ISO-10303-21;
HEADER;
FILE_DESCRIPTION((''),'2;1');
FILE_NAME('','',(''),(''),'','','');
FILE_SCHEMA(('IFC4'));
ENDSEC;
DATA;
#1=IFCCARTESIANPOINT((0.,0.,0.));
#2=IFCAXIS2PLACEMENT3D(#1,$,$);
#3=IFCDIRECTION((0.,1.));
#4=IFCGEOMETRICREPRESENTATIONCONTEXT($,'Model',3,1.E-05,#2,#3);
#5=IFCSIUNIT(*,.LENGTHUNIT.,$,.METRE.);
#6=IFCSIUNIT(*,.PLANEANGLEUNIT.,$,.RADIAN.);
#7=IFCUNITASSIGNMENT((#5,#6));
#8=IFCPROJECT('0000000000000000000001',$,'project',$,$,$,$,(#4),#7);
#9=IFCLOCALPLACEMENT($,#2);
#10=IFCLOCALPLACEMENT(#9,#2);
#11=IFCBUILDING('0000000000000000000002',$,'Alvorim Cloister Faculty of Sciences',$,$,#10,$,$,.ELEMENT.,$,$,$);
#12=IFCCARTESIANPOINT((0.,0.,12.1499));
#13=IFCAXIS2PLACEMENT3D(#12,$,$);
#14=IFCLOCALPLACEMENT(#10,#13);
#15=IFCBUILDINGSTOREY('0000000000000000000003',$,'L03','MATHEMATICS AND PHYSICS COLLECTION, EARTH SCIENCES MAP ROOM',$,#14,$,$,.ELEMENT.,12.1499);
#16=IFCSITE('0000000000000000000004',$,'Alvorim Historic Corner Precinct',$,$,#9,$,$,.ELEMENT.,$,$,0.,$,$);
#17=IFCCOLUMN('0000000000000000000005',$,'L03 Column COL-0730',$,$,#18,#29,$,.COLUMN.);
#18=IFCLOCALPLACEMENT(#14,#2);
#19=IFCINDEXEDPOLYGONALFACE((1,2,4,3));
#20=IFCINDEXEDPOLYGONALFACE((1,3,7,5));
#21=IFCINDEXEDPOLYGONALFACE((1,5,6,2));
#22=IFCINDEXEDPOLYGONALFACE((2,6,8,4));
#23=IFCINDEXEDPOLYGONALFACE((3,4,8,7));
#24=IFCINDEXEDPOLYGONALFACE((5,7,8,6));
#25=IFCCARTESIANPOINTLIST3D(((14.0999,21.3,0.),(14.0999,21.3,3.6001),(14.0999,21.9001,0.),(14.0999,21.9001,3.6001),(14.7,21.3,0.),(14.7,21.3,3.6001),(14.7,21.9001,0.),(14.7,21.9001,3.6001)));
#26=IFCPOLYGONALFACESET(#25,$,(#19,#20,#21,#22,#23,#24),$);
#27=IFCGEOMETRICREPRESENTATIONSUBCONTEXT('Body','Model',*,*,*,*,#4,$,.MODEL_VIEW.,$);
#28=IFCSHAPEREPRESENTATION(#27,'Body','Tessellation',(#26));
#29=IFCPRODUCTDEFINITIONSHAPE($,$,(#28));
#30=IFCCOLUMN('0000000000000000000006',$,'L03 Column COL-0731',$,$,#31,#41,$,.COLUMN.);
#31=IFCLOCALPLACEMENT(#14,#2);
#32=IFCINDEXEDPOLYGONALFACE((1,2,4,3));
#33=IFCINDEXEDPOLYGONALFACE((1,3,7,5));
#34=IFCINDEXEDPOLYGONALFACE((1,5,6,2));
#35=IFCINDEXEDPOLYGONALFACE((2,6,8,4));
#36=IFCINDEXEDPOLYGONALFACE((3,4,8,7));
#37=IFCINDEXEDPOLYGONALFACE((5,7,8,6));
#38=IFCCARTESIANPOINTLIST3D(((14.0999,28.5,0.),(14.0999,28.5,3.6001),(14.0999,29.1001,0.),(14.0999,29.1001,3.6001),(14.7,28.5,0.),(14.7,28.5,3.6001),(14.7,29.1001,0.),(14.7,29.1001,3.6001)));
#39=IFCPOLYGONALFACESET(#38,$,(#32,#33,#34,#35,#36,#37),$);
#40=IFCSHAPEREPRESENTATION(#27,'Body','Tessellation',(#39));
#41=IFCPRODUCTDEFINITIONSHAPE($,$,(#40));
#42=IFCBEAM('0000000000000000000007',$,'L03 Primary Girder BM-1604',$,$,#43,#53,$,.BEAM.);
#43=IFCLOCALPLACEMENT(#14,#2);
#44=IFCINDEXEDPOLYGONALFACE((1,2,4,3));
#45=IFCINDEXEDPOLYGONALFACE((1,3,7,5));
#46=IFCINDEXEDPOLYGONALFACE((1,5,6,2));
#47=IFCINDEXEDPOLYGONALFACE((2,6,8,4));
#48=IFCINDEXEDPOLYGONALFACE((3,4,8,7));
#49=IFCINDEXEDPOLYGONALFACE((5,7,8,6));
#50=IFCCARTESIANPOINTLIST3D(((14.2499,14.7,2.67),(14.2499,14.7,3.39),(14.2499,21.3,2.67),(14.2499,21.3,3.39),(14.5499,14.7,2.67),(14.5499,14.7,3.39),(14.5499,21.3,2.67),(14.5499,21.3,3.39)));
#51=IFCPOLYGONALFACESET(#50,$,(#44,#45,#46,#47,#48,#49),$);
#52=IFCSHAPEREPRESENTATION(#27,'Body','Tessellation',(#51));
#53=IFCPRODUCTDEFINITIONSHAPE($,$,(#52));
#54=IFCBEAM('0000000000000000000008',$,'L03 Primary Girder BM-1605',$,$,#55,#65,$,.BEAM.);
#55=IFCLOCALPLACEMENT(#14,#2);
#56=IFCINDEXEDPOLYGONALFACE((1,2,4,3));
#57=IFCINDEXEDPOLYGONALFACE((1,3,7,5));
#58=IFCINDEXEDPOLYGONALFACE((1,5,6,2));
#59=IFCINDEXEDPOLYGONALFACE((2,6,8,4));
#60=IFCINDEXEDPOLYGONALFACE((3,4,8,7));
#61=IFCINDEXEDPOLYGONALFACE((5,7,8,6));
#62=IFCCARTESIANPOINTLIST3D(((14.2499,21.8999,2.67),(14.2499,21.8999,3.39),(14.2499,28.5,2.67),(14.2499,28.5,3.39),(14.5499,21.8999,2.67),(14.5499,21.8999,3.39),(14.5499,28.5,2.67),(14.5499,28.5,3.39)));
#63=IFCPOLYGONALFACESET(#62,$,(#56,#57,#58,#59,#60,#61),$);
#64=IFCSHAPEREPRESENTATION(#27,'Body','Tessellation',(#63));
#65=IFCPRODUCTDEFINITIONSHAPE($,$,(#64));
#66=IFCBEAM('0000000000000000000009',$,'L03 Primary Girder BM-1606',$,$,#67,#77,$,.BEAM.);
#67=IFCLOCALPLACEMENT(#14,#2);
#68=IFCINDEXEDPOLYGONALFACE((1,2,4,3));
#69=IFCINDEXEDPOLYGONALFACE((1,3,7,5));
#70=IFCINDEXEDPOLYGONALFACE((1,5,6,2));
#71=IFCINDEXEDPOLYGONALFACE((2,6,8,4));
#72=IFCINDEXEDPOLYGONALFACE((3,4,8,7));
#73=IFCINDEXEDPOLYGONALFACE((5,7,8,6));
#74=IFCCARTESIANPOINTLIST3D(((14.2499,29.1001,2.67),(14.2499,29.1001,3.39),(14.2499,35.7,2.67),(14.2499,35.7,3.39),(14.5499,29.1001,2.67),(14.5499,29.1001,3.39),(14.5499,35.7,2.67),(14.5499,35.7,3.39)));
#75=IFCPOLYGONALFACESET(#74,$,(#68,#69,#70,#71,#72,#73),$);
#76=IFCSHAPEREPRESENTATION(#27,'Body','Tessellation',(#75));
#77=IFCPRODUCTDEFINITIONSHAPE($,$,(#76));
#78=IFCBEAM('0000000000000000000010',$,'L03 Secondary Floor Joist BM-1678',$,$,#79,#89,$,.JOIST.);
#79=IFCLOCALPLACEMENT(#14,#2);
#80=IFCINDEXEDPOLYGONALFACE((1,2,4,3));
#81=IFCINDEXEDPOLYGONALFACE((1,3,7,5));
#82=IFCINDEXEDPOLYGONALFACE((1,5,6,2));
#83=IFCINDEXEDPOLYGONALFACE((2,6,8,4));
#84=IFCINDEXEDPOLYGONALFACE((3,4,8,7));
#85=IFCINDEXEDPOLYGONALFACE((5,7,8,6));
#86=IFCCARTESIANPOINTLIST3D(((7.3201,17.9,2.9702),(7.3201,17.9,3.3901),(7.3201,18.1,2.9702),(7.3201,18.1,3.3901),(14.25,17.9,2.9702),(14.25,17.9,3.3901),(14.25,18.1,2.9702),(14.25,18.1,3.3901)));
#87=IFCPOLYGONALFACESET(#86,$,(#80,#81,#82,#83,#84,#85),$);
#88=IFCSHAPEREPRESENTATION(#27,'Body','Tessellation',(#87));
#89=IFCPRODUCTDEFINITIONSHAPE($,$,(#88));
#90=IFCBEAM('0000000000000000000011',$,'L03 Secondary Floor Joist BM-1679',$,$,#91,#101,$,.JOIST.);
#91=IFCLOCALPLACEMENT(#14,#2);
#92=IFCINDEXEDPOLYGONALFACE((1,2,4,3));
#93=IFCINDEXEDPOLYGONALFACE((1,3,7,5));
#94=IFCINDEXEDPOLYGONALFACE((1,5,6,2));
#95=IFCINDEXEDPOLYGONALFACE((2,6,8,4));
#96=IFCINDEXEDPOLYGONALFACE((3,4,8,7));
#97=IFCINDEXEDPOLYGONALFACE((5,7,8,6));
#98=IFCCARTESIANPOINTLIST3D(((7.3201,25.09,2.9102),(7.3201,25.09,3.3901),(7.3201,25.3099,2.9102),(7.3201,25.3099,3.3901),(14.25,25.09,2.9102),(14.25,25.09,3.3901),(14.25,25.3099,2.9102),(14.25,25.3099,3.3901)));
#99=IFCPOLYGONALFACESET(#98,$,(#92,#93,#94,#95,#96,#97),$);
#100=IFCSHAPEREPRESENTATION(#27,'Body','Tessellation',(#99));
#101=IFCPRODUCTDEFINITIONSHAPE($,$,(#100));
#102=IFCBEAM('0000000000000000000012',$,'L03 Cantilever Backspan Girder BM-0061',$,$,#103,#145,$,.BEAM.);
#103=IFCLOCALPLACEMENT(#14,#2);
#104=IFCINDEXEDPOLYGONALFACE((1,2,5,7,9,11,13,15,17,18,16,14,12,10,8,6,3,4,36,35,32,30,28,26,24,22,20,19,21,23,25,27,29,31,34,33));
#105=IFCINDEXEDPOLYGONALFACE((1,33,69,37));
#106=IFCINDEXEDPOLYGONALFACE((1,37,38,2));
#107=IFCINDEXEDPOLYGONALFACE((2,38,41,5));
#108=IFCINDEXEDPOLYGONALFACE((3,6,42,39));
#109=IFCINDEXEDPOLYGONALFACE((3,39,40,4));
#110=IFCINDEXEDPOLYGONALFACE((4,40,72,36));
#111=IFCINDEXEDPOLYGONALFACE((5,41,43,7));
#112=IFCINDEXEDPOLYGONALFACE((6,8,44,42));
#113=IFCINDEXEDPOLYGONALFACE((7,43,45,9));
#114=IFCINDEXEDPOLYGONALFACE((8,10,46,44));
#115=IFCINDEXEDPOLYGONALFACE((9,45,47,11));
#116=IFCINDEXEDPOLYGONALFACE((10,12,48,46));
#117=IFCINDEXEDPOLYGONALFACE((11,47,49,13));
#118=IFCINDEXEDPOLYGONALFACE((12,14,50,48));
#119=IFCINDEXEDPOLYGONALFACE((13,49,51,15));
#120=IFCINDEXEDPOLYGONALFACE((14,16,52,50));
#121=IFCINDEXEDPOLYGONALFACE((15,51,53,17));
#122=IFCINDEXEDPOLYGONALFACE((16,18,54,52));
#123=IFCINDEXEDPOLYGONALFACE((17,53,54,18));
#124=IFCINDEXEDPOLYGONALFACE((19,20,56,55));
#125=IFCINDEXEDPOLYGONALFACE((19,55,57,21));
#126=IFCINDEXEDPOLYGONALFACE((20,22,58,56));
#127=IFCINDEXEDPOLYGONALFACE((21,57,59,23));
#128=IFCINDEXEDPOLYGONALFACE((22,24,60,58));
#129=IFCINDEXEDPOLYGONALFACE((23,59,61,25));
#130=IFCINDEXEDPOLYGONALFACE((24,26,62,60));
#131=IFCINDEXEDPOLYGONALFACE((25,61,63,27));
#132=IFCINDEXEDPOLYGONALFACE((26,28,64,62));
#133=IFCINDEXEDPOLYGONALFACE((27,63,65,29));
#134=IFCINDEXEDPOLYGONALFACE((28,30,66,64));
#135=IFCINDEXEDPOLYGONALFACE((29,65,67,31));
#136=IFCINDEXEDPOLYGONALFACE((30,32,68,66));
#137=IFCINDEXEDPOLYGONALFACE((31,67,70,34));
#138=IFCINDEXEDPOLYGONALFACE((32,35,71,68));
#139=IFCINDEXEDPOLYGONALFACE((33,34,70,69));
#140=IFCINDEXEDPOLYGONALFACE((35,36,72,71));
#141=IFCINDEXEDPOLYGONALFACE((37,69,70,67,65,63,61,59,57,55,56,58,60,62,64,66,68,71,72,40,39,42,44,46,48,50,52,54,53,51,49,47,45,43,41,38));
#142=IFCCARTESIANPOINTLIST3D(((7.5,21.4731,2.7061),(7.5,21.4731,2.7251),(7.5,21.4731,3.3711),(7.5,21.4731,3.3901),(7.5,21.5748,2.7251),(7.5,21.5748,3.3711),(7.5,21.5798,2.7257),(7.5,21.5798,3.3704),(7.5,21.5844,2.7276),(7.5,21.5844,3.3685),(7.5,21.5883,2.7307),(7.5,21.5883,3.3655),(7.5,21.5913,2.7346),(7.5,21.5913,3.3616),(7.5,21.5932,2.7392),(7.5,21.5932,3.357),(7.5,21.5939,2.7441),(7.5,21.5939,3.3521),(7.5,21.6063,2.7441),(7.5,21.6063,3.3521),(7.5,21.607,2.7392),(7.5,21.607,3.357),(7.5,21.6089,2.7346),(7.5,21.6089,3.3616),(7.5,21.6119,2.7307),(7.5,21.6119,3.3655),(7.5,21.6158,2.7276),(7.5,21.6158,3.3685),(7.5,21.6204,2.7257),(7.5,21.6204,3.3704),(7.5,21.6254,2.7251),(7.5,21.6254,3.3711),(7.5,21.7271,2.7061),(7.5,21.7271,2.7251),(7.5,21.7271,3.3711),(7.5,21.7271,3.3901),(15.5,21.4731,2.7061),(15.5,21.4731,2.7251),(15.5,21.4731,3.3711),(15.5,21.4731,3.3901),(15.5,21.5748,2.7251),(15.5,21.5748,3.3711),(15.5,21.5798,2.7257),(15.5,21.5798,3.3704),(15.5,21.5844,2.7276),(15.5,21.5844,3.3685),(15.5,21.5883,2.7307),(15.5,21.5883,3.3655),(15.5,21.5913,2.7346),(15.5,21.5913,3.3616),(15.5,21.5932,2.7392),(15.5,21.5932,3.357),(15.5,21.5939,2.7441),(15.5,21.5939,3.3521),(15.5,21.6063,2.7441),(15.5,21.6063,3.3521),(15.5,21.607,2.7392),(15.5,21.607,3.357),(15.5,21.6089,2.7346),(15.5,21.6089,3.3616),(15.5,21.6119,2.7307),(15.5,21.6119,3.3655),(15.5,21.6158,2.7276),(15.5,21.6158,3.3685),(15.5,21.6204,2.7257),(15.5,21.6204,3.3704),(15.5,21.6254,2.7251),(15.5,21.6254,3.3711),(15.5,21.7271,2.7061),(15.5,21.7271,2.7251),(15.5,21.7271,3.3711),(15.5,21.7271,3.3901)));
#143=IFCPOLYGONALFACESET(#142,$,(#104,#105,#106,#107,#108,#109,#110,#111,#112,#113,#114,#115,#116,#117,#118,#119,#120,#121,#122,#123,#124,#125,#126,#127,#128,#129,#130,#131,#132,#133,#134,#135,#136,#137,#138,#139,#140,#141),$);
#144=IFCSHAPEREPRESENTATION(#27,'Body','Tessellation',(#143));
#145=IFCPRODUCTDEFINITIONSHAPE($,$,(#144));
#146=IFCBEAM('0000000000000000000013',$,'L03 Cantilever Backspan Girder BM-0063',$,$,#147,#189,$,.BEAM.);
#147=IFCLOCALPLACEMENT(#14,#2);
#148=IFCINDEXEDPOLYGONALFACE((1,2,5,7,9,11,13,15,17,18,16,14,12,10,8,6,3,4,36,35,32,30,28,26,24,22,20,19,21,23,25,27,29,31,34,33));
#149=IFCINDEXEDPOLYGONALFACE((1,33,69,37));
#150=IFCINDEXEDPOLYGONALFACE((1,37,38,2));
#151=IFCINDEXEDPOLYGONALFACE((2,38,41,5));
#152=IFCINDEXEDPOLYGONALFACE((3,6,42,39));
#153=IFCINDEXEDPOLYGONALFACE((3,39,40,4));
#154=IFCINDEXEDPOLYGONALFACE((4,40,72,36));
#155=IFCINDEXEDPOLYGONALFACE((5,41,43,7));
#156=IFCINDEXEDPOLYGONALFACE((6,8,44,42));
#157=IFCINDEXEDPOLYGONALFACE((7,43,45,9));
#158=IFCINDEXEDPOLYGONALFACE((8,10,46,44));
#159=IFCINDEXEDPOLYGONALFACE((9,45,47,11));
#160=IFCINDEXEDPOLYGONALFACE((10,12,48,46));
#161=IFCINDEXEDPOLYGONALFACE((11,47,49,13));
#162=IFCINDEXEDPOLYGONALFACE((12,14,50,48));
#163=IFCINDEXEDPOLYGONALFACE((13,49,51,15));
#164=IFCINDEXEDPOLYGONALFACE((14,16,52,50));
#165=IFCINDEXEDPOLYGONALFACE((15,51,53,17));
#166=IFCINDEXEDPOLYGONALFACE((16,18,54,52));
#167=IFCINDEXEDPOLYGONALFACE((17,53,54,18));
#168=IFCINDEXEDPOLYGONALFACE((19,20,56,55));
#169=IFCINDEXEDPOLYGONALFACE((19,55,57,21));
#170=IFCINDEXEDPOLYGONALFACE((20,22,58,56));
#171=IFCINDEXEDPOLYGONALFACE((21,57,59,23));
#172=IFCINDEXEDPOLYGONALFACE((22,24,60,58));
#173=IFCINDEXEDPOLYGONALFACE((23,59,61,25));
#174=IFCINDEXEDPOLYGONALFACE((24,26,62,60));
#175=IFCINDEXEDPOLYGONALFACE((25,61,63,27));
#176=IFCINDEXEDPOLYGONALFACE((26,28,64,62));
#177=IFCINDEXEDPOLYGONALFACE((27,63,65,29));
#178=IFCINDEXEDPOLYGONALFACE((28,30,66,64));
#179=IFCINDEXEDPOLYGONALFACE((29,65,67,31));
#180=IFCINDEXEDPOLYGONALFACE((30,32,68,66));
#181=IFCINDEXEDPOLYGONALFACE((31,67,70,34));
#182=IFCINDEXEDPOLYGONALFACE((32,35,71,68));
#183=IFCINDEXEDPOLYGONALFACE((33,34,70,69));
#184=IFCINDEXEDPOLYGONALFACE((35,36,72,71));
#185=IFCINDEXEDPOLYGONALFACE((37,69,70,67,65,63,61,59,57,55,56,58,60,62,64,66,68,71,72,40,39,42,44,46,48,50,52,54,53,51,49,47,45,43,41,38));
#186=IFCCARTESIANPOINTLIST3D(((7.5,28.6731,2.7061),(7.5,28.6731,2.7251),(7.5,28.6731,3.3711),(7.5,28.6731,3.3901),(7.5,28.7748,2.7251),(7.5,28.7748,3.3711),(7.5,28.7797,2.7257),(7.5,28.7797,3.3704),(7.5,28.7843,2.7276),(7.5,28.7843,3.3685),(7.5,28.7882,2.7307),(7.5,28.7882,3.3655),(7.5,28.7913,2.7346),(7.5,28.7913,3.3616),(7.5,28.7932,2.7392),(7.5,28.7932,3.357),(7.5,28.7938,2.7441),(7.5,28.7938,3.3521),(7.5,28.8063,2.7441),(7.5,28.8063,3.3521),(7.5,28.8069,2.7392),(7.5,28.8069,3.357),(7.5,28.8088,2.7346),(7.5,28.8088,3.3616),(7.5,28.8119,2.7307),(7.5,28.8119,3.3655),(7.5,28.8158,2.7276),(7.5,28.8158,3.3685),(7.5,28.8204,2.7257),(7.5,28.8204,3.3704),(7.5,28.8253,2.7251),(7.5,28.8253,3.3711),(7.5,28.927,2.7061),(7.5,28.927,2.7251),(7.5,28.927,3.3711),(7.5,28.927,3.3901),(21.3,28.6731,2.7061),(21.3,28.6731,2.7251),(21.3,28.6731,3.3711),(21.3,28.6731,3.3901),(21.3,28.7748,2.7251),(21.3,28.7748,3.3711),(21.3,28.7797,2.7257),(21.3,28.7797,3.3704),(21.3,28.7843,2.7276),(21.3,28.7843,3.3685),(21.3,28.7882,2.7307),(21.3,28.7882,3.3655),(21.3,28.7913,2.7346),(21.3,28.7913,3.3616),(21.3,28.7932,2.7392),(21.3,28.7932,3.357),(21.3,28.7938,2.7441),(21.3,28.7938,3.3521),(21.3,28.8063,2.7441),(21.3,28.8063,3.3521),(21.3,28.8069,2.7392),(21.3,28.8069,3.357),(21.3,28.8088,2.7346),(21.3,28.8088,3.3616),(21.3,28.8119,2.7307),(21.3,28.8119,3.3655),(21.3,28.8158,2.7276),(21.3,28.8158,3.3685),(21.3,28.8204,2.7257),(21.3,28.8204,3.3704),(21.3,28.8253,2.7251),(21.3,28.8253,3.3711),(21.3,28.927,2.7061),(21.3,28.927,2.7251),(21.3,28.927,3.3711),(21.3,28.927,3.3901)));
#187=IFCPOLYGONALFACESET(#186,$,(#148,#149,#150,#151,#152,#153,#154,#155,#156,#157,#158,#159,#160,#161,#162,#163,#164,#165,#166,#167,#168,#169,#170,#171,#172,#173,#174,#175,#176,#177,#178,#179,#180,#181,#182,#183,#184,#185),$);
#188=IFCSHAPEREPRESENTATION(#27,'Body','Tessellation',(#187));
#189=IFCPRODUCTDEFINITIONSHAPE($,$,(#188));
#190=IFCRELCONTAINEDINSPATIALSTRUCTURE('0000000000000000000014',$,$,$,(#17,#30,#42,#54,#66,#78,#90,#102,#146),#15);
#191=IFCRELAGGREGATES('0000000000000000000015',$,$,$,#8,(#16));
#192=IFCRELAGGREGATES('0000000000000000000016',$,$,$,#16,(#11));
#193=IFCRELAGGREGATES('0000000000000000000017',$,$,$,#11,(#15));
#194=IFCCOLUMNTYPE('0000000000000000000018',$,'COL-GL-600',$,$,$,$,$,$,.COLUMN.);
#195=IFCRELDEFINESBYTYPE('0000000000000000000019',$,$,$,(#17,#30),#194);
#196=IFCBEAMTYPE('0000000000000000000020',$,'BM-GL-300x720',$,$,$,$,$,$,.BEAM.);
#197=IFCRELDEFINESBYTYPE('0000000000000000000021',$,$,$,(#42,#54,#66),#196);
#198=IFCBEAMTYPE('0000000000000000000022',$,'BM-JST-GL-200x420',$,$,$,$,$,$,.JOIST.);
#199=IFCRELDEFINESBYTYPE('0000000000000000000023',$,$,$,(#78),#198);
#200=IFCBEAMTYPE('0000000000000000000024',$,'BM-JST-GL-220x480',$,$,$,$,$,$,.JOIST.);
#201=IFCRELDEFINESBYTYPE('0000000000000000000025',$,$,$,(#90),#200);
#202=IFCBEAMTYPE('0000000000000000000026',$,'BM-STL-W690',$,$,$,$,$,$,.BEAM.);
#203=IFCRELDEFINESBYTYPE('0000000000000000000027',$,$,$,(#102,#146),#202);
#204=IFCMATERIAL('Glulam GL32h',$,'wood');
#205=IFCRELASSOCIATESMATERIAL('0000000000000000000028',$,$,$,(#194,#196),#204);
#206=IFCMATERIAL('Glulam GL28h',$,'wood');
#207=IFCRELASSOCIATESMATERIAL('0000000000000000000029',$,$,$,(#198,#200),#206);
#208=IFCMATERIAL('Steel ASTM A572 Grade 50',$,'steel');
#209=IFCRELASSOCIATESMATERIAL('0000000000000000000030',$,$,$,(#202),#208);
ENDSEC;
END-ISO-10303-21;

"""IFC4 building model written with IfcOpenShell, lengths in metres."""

from ifc_helpers import new_model, si_unit, direction, frame, origin, origin_2d, place, context, subcontext, project, spatial, rectangle, i_section, extrude, material, material_profile, profile_set, type_object, element, save


model = new_model("IFC4")

# Units and contexts
model_context = context("Model", 3, precision=1e-05, world=origin(), true_north=direction((0.0, 1.0)))
body_context = subcontext(model_context, "Body", "Model", "MODEL_VIEW")
ifc_project = project(units=[si_unit("LENGTHUNIT", "METRE"), si_unit("PLANEANGLEUNIT", "RADIAN")], contexts=[model_context])

# Site, building, storey
site_placement = place(None, origin())
site = spatial("IfcSite", under=ifc_project, at=site_placement, Name="Alvorim Historic Corner Precinct", CompositionType="ELEMENT", RefElevation=0.0)
building_placement = place(site_placement, origin())
building = spatial("IfcBuilding", under=site, at=building_placement, Name="Alvorim Cloister Faculty of Sciences", CompositionType="ELEMENT")
storey_placement = place(building_placement, frame((0.0, 0.0, 12.1499)))
storey = spatial("IfcBuildingStorey", under=building, at=storey_placement, Name="L03", Description="MATHEMATICS AND PHYSICS COLLECTION, EARTH SCIENCES MAP ROOM", CompositionType="ELEMENT", Elevation=12.1499)

# Columns
ifc_material_1 = material(Name="Glulam GL32h", Category="wood")
ifc_material_profile_1 = material_profile(ifc_material_1, rectangle(XDim=0.6001, YDim=0.6001, at=origin_2d()), Name="GL32-COL-600x600")
ifc_profile_set_1 = profile_set([ifc_material_profile_1], Name="Glulam GL32h")
column_type = type_object("IfcColumnType", Name="COL-GL-600", PredefinedType="COLUMN", material=ifc_profile_set_1)
for number, where, z_axis, x_axis, name in (
    (1, (14.3999, 21.6001, 0.0), (0.0, 0.0, 1.0), (1.0, 0.0, 0.0), "L03 Column COL-0730"),
    (2, (14.3999, 28.8, 0.0), (0.0, 0.0, 1.0), (1.0, 0.0, 0.0), "L03 Column COL-0731"),
):
    element("IfcColumn", number, at=place(storey_placement, frame(where, z_axis=z_axis, x_axis=x_axis)), inside=storey, type_object=column_type, Name=name, PredefinedType="COLUMN", context=body_context, shape_type="SweptSolid", body=[
        extrude(rectangle(XDim=0.6001, YDim=0.6001, at=origin_2d()), origin(), (0.0, 0.0, 1.0), 3.6001),
    ])

# Beams
ifc_material_profile_2 = material_profile(ifc_material_1, rectangle(XDim=0.3, YDim=0.72, at=origin_2d()), Name="GL32-BM-300x720")
ifc_profile_set_2 = profile_set([ifc_material_profile_2], Name="Glulam GL32h")
beam_type_1 = type_object("IfcBeamType", Name="BM-GL-300x720", PredefinedType="BEAM", material=ifc_profile_set_2)
for number, where, z_axis, x_axis, name in (
    (3, (14.3999, 14.7, 3.03), (0.0, 1.0, 0.0), (-1.0, 0.0, 0.0), "L03 Primary Girder BM-1604"),
    (4, (14.3999, 21.8999, 3.03), (0.0, 1.0, 0.0), (-1.0, 0.0, 0.0), "L03 Primary Girder BM-1605"),
):
    element("IfcBeam", number, at=place(storey_placement, frame(where, z_axis=z_axis, x_axis=x_axis)), inside=storey, type_object=beam_type_1, Name=name, PredefinedType="BEAM", context=body_context, shape_type="SweptSolid", body=[
        extrude(rectangle(XDim=0.3, YDim=0.72, at=origin_2d()), origin(), (0.0, 0.0, 1.0), 6.6001),
    ])
beam_1_placement = place(storey_placement, frame((14.3999, 29.1001, 3.03), z_axis=(0.0, 1.0, 0.0), x_axis=(-1.0, 0.0, 0.0)))
element("IfcBeam", 5, at=beam_1_placement, inside=storey, type_object=beam_type_1, Name="L03 Primary Girder BM-1606", PredefinedType="BEAM", context=body_context, shape_type="SweptSolid", body=[
    extrude(rectangle(XDim=0.3, YDim=0.72, at=origin_2d()), origin(), (0.0, 0.0, 1.0), 6.5999),
])
ifc_material_2 = material(Name="Glulam GL28h", Category="wood")
ifc_material_profile_3 = material_profile(ifc_material_2, rectangle(XDim=0.2, YDim=0.4199, at=origin_2d()), Name="GL28-JST-200x420")
ifc_profile_set_3 = profile_set([ifc_material_profile_3], Name="Glulam GL28h")
beam_type_2 = type_object("IfcBeamType", Name="BM-JST-GL-200x420", PredefinedType="JOIST", material=ifc_profile_set_3)
beam_2_placement = place(storey_placement, frame((7.3201, 18.0, 3.1802), z_axis=(1.0, 0.0, 0.0), x_axis=(0.0, 1.0, 0.0)))
element("IfcBeam", 6, at=beam_2_placement, inside=storey, type_object=beam_type_2, Name="L03 Secondary Floor Joist BM-1678", PredefinedType="JOIST", context=body_context, shape_type="SweptSolid", body=[
    extrude(rectangle(XDim=0.2, YDim=0.4199, at=origin_2d()), origin(), (0.0, 0.0, 1.0), 6.9299),
])
ifc_material_profile_4 = material_profile(ifc_material_2, rectangle(XDim=0.22, YDim=0.48, at=origin_2d()), Name="GL28-JST-220x480")
ifc_profile_set_4 = profile_set([ifc_material_profile_4], Name="Glulam GL28h")
beam_type_3 = type_object("IfcBeamType", Name="BM-JST-GL-220x480", PredefinedType="JOIST", material=ifc_profile_set_4)
beam_3_placement = place(storey_placement, frame((7.3201, 25.2, 3.1501), z_axis=(1.0, 0.0, 0.0), x_axis=(0.0, 1.0, 0.0)))
element("IfcBeam", 7, at=beam_3_placement, inside=storey, type_object=beam_type_3, Name="L03 Secondary Floor Joist BM-1679", PredefinedType="JOIST", context=body_context, shape_type="SweptSolid", body=[
    extrude(rectangle(XDim=0.22, YDim=0.48, at=origin_2d()), origin(), (0.0, 0.0, 1.0), 6.9299),
])
ifc_material_3 = material(Name="Steel ASTM A572 Grade 50", Category="steel")
ifc_material_profile_5 = material_profile(ifc_material_3, i_section(OverallWidth=0.2539, OverallDepth=0.6841, WebThickness=0.0125, FlangeThickness=0.019, FilletRadius=0.019, at=origin_2d()), Name="W690x140.0")
ifc_profile_set_5 = profile_set([ifc_material_profile_5], Name="Steel ASTM A572 Grade 50")
beam_type_4 = type_object("IfcBeamType", Name="BM-STL-W690", PredefinedType="BEAM", material=ifc_profile_set_5)
beam_4_placement = place(storey_placement, frame((7.5, 21.6001, 3.0481), z_axis=(1.0, 0.0, 0.0), x_axis=(0.0, 1.0, 0.0)))
element("IfcBeam", 8, at=beam_4_placement, inside=storey, type_object=beam_type_4, Name="L03 Cantilever Backspan Girder BM-0061", PredefinedType="BEAM", context=body_context, shape_type="SweptSolid", body=[
    extrude(i_section(OverallWidth=0.2539, OverallDepth=0.6841, WebThickness=0.0125, FlangeThickness=0.019, FilletRadius=0.019, at=origin_2d()), origin(), (0.0, 0.0, 1.0), 8.0),
])
beam_5_placement = place(storey_placement, frame((7.5, 28.8, 3.0481), z_axis=(1.0, 0.0, 0.0), x_axis=(0.0, 1.0, 0.0)))
element("IfcBeam", 9, at=beam_5_placement, inside=storey, type_object=beam_type_4, Name="L03 Cantilever Backspan Girder BM-0063", PredefinedType="BEAM", context=body_context, shape_type="SweptSolid", body=[
    extrude(i_section(OverallWidth=0.2539, OverallDepth=0.6841, WebThickness=0.0125, FlangeThickness=0.019, FilletRadius=0.019, at=origin_2d()), origin(), (0.0, 0.0, 1.0), 13.8),
])

save(model, "model.ifc")
